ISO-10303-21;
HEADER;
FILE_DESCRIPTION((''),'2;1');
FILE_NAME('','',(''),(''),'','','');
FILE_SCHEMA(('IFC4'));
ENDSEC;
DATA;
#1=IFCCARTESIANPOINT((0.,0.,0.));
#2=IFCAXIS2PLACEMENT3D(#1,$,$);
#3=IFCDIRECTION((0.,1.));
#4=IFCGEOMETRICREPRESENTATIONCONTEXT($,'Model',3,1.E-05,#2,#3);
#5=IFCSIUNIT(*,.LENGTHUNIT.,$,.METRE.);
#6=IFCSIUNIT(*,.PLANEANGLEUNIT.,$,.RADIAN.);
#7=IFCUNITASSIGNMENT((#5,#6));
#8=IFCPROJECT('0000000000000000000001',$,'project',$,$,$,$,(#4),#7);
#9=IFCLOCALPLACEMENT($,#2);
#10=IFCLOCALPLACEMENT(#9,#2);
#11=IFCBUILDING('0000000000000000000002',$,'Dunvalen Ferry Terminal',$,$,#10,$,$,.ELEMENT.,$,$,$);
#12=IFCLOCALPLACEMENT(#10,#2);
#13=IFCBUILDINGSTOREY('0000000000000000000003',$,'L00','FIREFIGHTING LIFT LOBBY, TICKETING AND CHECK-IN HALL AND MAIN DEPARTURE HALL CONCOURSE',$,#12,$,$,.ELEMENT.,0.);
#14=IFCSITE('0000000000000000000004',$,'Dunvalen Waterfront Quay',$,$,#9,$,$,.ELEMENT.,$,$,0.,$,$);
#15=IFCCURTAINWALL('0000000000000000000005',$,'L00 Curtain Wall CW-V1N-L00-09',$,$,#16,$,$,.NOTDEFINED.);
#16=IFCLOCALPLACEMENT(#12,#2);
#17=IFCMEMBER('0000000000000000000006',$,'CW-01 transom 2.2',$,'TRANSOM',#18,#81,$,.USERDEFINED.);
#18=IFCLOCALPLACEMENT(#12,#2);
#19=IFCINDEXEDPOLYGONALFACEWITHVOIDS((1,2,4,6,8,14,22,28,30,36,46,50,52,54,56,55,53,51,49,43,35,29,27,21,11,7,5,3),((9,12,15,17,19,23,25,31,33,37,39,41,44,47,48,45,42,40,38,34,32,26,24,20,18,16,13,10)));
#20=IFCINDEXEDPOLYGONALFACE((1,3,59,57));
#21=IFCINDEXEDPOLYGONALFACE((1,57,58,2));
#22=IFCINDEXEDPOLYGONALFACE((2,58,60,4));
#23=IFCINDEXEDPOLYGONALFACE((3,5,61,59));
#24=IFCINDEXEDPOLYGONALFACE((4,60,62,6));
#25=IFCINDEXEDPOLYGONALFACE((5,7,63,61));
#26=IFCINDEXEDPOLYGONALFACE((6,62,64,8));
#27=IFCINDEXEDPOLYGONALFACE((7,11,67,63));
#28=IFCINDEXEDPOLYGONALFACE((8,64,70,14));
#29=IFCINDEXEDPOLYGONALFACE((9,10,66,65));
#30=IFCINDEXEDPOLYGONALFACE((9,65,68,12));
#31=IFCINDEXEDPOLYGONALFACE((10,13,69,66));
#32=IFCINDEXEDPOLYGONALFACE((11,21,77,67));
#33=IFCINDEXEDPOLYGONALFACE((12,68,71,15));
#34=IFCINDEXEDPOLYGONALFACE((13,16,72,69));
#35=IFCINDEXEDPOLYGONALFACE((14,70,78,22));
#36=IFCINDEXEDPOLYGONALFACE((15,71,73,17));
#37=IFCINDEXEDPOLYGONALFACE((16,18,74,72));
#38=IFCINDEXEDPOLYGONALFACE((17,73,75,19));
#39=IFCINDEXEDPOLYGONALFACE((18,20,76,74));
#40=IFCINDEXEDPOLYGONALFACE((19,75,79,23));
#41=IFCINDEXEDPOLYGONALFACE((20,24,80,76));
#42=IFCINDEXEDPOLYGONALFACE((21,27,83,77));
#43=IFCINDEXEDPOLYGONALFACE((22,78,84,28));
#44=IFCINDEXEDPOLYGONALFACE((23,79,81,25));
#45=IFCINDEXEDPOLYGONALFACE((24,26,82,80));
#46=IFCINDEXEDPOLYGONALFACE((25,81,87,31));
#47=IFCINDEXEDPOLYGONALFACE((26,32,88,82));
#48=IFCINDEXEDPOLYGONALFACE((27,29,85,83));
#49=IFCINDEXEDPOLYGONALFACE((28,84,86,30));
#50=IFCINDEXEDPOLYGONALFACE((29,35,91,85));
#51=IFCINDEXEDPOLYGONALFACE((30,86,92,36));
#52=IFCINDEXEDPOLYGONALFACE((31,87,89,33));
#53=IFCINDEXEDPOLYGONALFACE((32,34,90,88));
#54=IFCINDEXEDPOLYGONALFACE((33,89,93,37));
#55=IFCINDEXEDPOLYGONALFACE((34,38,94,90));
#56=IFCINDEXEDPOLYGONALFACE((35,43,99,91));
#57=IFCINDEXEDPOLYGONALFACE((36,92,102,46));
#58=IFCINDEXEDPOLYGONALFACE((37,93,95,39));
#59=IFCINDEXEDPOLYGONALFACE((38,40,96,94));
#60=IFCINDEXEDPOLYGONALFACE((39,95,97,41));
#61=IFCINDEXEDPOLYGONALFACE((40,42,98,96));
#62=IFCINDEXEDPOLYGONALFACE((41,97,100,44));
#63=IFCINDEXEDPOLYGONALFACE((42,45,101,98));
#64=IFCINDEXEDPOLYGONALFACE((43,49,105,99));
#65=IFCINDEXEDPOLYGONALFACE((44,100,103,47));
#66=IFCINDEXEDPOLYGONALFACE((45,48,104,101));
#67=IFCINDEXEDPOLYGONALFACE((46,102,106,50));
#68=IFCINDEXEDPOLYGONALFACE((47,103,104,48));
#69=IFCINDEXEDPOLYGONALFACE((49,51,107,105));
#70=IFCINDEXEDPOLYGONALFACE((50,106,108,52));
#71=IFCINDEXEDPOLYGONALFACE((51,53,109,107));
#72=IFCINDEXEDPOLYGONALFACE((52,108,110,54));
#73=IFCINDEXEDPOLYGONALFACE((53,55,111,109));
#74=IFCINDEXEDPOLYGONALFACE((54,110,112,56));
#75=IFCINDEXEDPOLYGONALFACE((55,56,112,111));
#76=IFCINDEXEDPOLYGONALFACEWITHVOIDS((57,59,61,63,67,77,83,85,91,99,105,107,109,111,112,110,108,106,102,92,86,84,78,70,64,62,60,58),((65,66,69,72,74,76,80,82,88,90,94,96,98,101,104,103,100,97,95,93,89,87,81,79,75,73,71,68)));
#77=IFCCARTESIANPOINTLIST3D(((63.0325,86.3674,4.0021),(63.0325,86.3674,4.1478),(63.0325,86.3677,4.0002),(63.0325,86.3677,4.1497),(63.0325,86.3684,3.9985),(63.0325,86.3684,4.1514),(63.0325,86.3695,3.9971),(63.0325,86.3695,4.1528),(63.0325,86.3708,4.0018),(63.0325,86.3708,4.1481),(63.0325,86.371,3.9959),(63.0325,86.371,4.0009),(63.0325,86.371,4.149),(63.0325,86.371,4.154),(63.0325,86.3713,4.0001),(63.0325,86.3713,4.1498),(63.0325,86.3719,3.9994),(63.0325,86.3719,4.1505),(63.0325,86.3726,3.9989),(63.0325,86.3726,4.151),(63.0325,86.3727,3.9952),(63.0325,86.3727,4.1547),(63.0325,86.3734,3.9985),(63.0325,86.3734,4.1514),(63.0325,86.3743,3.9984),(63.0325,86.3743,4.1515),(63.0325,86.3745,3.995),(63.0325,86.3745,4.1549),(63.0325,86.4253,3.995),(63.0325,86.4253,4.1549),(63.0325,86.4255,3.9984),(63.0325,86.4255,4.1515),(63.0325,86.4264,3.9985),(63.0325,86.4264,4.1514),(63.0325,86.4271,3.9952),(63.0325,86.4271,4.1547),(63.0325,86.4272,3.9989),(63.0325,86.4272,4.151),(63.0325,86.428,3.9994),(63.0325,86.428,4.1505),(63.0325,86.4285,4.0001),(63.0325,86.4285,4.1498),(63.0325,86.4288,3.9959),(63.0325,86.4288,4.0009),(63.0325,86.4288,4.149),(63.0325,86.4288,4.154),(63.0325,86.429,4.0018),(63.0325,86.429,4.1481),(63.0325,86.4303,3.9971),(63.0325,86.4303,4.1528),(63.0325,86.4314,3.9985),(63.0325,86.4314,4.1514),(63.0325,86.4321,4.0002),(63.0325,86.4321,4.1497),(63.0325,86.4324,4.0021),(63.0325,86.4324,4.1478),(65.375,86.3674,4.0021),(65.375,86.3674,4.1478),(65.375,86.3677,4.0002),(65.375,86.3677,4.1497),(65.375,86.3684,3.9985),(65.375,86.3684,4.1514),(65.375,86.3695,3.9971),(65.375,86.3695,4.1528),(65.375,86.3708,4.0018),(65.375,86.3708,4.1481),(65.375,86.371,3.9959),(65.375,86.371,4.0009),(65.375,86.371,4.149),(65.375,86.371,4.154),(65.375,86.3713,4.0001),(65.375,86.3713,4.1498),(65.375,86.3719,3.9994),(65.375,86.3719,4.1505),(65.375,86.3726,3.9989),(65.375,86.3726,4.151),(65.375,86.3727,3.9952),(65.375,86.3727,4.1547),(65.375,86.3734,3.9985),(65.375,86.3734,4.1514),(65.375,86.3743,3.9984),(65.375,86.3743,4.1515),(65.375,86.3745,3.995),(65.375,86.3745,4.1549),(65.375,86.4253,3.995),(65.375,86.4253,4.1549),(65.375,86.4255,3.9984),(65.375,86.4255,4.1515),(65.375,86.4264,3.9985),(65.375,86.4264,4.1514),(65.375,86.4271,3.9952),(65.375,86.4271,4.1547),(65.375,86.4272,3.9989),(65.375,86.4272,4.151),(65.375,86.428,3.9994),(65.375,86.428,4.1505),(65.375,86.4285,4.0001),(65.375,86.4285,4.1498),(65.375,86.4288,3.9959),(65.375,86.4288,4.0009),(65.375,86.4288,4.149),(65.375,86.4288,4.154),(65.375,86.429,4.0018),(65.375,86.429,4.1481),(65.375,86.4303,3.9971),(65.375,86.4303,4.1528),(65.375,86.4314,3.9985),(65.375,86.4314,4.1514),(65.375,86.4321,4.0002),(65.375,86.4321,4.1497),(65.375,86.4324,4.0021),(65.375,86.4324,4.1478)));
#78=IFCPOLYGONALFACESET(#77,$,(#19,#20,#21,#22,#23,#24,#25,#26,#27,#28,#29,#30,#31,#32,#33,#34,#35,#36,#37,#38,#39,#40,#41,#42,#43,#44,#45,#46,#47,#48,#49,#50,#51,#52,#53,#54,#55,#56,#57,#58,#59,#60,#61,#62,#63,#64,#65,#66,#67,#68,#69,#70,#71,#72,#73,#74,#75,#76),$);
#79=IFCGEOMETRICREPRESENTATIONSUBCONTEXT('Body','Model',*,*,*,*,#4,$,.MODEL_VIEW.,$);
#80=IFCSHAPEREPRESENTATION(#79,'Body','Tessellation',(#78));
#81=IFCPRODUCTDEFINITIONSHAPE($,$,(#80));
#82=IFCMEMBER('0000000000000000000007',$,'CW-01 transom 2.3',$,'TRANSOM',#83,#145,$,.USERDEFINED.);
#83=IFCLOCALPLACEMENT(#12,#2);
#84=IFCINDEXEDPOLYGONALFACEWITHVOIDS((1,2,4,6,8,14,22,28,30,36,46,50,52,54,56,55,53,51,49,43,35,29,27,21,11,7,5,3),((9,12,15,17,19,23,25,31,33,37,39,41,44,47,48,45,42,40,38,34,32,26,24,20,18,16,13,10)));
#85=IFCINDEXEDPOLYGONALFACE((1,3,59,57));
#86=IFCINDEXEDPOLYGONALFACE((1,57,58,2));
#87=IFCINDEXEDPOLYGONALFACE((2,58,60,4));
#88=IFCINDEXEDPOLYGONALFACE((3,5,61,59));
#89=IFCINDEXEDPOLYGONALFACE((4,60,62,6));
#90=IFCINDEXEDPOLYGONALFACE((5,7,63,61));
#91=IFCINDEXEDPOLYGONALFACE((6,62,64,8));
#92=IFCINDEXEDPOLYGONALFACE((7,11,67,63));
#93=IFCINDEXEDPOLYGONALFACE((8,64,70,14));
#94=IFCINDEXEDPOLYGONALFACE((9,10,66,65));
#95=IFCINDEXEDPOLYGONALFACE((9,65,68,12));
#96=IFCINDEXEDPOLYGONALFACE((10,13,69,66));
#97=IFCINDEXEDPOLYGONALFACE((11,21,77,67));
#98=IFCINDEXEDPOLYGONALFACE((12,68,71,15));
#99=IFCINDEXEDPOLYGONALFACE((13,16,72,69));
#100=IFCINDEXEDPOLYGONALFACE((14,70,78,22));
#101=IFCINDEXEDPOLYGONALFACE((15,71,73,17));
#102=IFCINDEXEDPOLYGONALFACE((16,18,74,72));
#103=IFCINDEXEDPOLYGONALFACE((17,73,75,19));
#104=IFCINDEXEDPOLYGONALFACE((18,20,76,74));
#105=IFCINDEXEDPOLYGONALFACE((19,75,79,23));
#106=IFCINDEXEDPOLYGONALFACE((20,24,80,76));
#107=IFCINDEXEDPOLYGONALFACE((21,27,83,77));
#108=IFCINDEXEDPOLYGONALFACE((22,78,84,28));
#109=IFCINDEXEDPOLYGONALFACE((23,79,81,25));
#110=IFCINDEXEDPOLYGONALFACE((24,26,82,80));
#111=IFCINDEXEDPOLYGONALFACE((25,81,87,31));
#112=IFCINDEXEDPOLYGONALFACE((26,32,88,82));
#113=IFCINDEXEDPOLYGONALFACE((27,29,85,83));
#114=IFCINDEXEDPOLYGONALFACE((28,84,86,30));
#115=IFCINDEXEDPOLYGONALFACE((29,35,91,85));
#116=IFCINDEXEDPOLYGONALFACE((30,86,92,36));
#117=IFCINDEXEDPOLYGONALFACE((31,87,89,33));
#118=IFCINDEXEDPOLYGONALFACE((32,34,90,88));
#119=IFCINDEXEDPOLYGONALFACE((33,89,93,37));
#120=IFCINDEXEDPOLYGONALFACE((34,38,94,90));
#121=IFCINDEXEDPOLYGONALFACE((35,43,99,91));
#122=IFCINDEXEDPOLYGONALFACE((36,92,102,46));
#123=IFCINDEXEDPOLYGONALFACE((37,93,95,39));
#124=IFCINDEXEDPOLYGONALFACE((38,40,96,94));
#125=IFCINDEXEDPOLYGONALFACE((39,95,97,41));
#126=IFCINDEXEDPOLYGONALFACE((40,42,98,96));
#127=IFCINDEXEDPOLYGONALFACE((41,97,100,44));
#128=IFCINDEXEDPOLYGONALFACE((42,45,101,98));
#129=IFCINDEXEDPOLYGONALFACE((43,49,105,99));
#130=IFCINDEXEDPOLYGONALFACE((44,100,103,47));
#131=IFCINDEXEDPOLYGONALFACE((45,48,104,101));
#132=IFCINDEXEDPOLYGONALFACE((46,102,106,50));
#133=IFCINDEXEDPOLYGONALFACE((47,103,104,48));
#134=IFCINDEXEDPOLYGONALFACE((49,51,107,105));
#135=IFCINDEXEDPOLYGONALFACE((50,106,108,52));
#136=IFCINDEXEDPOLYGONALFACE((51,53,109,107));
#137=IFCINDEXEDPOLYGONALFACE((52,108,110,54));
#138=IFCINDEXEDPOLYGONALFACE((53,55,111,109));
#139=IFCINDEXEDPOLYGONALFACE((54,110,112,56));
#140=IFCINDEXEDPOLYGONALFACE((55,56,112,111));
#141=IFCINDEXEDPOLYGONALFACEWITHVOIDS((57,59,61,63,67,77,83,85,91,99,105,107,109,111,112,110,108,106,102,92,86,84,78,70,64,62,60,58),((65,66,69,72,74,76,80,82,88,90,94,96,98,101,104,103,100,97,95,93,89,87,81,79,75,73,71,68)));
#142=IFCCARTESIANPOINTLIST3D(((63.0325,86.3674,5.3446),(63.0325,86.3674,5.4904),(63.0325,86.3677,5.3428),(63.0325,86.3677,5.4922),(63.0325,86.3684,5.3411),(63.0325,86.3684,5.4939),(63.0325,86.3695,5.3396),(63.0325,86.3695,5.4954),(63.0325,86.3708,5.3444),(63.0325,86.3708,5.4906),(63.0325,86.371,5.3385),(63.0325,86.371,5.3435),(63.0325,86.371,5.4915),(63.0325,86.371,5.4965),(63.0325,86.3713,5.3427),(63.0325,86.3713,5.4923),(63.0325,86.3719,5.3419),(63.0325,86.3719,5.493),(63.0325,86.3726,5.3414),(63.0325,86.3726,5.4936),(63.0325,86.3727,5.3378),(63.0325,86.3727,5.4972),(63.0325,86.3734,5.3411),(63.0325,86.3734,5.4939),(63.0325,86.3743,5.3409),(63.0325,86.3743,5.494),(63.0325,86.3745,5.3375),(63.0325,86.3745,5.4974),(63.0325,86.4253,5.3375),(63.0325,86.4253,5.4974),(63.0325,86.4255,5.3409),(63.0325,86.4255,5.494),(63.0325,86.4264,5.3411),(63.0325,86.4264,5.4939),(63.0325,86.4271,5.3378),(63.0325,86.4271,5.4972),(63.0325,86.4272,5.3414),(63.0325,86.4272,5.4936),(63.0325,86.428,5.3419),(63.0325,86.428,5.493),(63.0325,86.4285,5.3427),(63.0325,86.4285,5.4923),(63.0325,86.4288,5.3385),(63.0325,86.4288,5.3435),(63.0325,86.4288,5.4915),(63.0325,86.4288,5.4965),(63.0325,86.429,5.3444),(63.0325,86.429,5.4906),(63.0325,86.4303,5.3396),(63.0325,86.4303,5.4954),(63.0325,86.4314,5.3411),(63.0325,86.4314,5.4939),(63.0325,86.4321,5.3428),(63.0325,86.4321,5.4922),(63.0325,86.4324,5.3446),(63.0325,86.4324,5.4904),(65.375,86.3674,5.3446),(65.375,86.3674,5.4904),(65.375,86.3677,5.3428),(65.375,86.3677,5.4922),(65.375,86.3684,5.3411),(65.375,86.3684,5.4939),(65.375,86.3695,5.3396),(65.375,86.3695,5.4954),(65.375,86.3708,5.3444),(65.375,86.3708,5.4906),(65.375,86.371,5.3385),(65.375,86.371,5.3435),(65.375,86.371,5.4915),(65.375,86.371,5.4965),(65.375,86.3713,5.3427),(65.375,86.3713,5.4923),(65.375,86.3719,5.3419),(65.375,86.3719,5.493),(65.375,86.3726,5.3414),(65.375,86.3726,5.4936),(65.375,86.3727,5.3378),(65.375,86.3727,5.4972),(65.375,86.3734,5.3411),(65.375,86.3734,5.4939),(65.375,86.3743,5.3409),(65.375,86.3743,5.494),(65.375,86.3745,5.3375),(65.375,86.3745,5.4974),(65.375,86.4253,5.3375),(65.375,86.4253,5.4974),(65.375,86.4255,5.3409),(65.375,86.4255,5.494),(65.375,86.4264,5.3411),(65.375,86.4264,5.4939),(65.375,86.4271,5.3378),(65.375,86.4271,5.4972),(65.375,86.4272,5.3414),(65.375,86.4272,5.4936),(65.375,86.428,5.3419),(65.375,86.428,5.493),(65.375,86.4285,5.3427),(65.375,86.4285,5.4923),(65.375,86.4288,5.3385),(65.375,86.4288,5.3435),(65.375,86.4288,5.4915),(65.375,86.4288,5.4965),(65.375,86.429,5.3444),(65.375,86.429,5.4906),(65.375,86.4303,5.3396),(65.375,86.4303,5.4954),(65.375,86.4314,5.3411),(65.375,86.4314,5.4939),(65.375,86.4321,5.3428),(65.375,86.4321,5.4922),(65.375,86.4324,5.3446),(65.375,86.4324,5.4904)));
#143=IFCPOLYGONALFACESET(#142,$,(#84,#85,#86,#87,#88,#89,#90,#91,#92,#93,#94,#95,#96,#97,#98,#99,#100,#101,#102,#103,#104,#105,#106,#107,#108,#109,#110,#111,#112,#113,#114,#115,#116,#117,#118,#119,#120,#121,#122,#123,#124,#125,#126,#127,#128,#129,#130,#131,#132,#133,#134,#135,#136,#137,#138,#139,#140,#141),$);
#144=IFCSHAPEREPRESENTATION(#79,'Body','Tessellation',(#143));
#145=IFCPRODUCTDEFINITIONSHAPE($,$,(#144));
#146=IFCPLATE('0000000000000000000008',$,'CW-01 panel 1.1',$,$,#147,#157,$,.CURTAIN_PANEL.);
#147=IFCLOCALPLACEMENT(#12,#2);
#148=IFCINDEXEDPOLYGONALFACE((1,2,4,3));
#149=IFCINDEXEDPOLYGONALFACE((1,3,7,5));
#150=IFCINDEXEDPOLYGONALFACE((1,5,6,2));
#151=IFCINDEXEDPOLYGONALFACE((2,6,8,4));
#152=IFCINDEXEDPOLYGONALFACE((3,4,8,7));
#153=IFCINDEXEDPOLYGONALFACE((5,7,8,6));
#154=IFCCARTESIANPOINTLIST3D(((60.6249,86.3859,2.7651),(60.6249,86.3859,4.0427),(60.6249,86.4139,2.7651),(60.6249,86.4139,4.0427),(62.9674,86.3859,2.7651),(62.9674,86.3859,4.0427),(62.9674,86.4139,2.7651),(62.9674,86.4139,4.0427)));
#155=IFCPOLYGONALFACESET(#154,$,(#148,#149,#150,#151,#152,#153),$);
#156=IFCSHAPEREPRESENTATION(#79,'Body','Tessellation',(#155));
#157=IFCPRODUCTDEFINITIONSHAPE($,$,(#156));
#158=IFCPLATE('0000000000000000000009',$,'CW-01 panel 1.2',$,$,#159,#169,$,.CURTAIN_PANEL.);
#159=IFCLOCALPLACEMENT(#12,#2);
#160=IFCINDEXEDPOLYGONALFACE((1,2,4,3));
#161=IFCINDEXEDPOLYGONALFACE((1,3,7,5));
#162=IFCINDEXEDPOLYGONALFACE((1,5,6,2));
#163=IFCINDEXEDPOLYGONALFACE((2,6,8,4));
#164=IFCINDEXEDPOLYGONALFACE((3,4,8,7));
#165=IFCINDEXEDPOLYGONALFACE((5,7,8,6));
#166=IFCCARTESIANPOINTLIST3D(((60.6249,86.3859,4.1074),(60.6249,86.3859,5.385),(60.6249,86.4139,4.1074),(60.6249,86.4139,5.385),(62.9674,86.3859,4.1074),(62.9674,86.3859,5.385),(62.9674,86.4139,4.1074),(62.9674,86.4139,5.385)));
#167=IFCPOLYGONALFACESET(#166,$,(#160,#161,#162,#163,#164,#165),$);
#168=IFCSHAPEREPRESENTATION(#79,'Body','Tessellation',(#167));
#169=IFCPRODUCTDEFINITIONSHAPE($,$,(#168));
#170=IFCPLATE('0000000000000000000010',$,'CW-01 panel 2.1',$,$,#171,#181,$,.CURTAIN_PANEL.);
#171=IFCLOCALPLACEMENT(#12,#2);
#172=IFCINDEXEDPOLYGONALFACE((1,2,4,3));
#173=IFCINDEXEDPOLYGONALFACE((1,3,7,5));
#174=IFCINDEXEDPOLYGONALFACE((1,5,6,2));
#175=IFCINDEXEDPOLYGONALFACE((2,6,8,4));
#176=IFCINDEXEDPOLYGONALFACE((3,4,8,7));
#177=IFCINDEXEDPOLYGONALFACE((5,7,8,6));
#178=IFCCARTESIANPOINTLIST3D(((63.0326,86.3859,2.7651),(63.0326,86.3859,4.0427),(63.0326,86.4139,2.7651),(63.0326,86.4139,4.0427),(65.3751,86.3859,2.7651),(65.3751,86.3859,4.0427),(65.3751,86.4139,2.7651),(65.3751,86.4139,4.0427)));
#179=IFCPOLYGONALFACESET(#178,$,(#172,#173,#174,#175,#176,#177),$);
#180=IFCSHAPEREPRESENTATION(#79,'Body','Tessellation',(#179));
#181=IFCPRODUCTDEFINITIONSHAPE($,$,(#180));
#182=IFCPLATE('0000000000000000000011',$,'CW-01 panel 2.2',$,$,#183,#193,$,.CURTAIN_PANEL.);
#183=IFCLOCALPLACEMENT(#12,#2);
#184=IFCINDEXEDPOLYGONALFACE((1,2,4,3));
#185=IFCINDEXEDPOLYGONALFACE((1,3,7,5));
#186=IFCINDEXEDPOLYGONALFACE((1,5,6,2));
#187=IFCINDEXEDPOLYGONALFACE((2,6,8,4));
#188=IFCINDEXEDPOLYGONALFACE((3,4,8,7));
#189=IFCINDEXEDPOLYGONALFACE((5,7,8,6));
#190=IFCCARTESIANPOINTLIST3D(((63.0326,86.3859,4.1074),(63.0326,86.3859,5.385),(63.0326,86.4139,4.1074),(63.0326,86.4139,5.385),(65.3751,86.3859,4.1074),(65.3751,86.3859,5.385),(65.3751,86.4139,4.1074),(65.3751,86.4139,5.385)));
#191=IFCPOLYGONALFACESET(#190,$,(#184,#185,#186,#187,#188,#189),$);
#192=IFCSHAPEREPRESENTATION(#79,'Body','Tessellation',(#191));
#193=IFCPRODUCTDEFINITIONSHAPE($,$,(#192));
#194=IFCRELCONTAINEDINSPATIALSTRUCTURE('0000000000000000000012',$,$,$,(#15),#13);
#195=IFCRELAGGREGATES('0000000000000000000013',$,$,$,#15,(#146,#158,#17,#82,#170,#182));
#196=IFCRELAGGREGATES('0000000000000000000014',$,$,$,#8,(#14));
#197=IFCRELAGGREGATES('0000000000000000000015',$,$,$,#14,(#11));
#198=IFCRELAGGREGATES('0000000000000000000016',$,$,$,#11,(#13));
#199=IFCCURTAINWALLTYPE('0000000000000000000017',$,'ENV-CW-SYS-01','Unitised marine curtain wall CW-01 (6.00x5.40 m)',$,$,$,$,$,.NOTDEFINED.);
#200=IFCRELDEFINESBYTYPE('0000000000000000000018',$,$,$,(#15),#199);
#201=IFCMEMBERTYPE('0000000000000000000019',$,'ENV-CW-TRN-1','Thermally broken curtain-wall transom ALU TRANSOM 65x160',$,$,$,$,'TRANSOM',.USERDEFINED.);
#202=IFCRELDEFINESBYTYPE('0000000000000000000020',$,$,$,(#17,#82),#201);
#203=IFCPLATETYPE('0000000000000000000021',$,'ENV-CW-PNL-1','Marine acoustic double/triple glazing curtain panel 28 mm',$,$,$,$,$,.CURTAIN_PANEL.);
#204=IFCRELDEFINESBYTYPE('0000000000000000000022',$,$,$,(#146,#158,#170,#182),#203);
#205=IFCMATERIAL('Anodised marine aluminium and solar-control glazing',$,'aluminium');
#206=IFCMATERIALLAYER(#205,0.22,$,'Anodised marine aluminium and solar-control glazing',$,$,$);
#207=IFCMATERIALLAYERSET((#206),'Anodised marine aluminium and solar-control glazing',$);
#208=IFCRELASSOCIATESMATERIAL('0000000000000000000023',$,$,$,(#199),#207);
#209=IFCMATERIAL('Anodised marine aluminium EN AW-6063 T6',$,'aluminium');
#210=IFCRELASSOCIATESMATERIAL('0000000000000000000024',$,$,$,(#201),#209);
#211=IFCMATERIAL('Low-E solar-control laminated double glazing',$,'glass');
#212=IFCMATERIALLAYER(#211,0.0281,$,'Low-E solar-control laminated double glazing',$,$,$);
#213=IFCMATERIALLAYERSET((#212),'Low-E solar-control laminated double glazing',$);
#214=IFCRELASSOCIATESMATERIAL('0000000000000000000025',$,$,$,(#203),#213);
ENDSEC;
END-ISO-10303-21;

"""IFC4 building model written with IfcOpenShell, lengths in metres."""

from ifc_helpers import new_model, si_unit, direction, frame, origin, origin_2d, place, context, subcontext, project, spatial, rectangle, hollow_rectangle, extrude, material, layer, layer_set, material_profile, profile_set, type_object, element, aggregate, save


model = new_model("IFC4")

# Units and contexts
model_context = context("Model", 3, precision=1e-05, world=origin(), true_north=direction((0.0, 1.0)))
body_context = subcontext(model_context, "Body", "Model", "MODEL_VIEW")
ifc_project = project(units=[si_unit("LENGTHUNIT", "METRE"), si_unit("PLANEANGLEUNIT", "RADIAN")], contexts=[model_context])

# Site, building, storey
site_placement = place(None, origin())
site = spatial("IfcSite", under=ifc_project, at=site_placement, Name="Dunvalen Waterfront Quay", CompositionType="ELEMENT", RefElevation=0.0)
building_placement = place(site_placement, origin())
building = spatial("IfcBuilding", under=site, at=building_placement, Name="Dunvalen Ferry Terminal", CompositionType="ELEMENT")
storey_placement = place(building_placement, origin())
storey = spatial("IfcBuildingStorey", under=building, at=storey_placement, Name="L00", Description="FIREFIGHTING LIFT LOBBY, TICKETING AND CHECK-IN HALL AND MAIN DEPARTURE HALL CONCOURSE", CompositionType="ELEMENT", Elevation=0.0)

# Curtain wall
ifc_material_1 = material(Name="Anodised marine aluminium and solar-control glazing", Category="aluminium")
ifc_layer_1 = layer(ifc_material_1, 0.22, Name="Anodised marine aluminium and solar-control glazing")
ifc_layer_set_1 = layer_set([ifc_layer_1], Name="Anodised marine aluminium and solar-control glazing")
curtain_wall_type = type_object("IfcCurtainWallType", Name="ENV-CW-SYS-01", Description="Unitised marine curtain wall CW-01 (6.00x5.40 m)", PredefinedType="NOTDEFINED", material=ifc_layer_set_1)
curtain_wall_1_placement = place(storey_placement, origin())
curtain_wall_1 = element("IfcCurtainWall", 1, at=curtain_wall_1_placement, inside=storey, type_object=curtain_wall_type, Name="L00 Curtain Wall CW-V1N-L00-09", PredefinedType="NOTDEFINED")
ifc_material_2 = material(Name="Anodised marine aluminium EN AW-6063 T6", Category="aluminium")

# Members
ifc_material_profile_1 = material_profile(ifc_material_2, hollow_rectangle(XDim=0.0649, YDim=0.1599, WallThickness=0.0034, InnerFilletRadius=0.0034, OuterFilletRadius=0.0071, at=origin_2d()), Name="Anodised marine aluminium EN AW-6063 T6")
ifc_profile_set_1 = profile_set([ifc_material_profile_1], Name="Anodised marine aluminium EN AW-6063 T6")
member_type_1 = type_object("IfcMemberType", Name="ENV-CW-TRN-1", Description="Thermally broken curtain-wall transom ALU TRANSOM 65x160", ElementType="TRANSOM", PredefinedType="USERDEFINED", material=ifc_profile_set_1)
member_1_placement = place(storey_placement, frame((63.0325, 86.3999, 4.075), z_axis=(1.0, 0.0, 0.0), x_axis=(0.0, 1.0, 0.0)))
member_1 = element("IfcMember", 2, at=member_1_placement, type_object=member_type_1, Name="CW-01 transom 2.2", ObjectType="TRANSOM", PredefinedType="USERDEFINED", context=body_context, shape_type="SweptSolid", body=[
    extrude(hollow_rectangle(XDim=0.0649, YDim=0.1599, WallThickness=0.0034, InnerFilletRadius=0.0034, OuterFilletRadius=0.0071, at=origin_2d()), origin(), (0.0, 0.0, 1.0), 2.3425),
])
member_2_placement = place(storey_placement, frame((63.0325, 86.3999, 5.4175), z_axis=(1.0, 0.0, 0.0), x_axis=(0.0, 1.0, 0.0)))
member_2 = element("IfcMember", 3, at=member_2_placement, type_object=member_type_1, Name="CW-01 transom 2.3", ObjectType="TRANSOM", PredefinedType="USERDEFINED", context=body_context, shape_type="SweptSolid", body=[
    extrude(hollow_rectangle(XDim=0.0649, YDim=0.1599, WallThickness=0.0034, InnerFilletRadius=0.0034, OuterFilletRadius=0.0071, at=origin_2d()), origin(), (0.0, 0.0, 1.0), 2.3425),
])

# Plates
ifc_material_3 = material(Name="Low-E solar-control laminated double glazing", Category="glass")
ifc_layer_2 = layer(ifc_material_3, 0.0281, Name="Low-E solar-control laminated double glazing")
ifc_layer_set_2 = layer_set([ifc_layer_2], Name="Low-E solar-control laminated double glazing")
plate_type = type_object("IfcPlateType", Name="ENV-CW-PNL-1", Description="Marine acoustic double/triple glazing curtain panel 28 mm", PredefinedType="CURTAIN_PANEL", material=ifc_layer_set_2)
plate_1_placement = place(storey_placement, frame((61.7961, 86.3999, 2.7651), z_axis=(0.0, 0.0, 1.0), x_axis=(1.0, 0.0, 0.0)))
plate_1 = element("IfcPlate", 4, at=plate_1_placement, type_object=plate_type, Name="CW-01 panel 1.1", PredefinedType="CURTAIN_PANEL", context=body_context, shape_type="SweptSolid", body=[
    extrude(rectangle(XDim=2.3425, YDim=0.0281, at=origin_2d()), origin(), (0.0, 0.0, 1.0), 1.2776),
])
plate_2_placement = place(storey_placement, frame((61.7961, 86.3999, 4.1074), z_axis=(0.0, 0.0, 1.0), x_axis=(1.0, 0.0, 0.0)))
plate_2 = element("IfcPlate", 5, at=plate_2_placement, type_object=plate_type, Name="CW-01 panel 1.2", PredefinedType="CURTAIN_PANEL", context=body_context, shape_type="SweptSolid", body=[
    extrude(rectangle(XDim=2.3425, YDim=0.0281, at=origin_2d()), origin(), (0.0, 0.0, 1.0), 1.2776),
])
plate_3_placement = place(storey_placement, frame((64.2039, 86.3999, 2.7651), z_axis=(0.0, 0.0, 1.0), x_axis=(1.0, 0.0, 0.0)))
plate_3 = element("IfcPlate", 6, at=plate_3_placement, type_object=plate_type, Name="CW-01 panel 2.1", PredefinedType="CURTAIN_PANEL", context=body_context, shape_type="SweptSolid", body=[
    extrude(rectangle(XDim=2.3425, YDim=0.0281, at=origin_2d()), origin(), (0.0, 0.0, 1.0), 1.2776),
])
plate_4_placement = place(storey_placement, frame((64.2039, 86.3999, 4.1074), z_axis=(0.0, 0.0, 1.0), x_axis=(1.0, 0.0, 0.0)))
plate_4 = element("IfcPlate", 7, at=plate_4_placement, type_object=plate_type, Name="CW-01 panel 2.2", PredefinedType="CURTAIN_PANEL", context=body_context, shape_type="SweptSolid", body=[
    extrude(rectangle(XDim=2.3425, YDim=0.0281, at=origin_2d()), origin(), (0.0, 0.0, 1.0), 1.2776),
])
aggregate(curtain_wall_1, [plate_1, plate_2, member_1, member_2, plate_3, plate_4])

save(model, "model.ifc")
